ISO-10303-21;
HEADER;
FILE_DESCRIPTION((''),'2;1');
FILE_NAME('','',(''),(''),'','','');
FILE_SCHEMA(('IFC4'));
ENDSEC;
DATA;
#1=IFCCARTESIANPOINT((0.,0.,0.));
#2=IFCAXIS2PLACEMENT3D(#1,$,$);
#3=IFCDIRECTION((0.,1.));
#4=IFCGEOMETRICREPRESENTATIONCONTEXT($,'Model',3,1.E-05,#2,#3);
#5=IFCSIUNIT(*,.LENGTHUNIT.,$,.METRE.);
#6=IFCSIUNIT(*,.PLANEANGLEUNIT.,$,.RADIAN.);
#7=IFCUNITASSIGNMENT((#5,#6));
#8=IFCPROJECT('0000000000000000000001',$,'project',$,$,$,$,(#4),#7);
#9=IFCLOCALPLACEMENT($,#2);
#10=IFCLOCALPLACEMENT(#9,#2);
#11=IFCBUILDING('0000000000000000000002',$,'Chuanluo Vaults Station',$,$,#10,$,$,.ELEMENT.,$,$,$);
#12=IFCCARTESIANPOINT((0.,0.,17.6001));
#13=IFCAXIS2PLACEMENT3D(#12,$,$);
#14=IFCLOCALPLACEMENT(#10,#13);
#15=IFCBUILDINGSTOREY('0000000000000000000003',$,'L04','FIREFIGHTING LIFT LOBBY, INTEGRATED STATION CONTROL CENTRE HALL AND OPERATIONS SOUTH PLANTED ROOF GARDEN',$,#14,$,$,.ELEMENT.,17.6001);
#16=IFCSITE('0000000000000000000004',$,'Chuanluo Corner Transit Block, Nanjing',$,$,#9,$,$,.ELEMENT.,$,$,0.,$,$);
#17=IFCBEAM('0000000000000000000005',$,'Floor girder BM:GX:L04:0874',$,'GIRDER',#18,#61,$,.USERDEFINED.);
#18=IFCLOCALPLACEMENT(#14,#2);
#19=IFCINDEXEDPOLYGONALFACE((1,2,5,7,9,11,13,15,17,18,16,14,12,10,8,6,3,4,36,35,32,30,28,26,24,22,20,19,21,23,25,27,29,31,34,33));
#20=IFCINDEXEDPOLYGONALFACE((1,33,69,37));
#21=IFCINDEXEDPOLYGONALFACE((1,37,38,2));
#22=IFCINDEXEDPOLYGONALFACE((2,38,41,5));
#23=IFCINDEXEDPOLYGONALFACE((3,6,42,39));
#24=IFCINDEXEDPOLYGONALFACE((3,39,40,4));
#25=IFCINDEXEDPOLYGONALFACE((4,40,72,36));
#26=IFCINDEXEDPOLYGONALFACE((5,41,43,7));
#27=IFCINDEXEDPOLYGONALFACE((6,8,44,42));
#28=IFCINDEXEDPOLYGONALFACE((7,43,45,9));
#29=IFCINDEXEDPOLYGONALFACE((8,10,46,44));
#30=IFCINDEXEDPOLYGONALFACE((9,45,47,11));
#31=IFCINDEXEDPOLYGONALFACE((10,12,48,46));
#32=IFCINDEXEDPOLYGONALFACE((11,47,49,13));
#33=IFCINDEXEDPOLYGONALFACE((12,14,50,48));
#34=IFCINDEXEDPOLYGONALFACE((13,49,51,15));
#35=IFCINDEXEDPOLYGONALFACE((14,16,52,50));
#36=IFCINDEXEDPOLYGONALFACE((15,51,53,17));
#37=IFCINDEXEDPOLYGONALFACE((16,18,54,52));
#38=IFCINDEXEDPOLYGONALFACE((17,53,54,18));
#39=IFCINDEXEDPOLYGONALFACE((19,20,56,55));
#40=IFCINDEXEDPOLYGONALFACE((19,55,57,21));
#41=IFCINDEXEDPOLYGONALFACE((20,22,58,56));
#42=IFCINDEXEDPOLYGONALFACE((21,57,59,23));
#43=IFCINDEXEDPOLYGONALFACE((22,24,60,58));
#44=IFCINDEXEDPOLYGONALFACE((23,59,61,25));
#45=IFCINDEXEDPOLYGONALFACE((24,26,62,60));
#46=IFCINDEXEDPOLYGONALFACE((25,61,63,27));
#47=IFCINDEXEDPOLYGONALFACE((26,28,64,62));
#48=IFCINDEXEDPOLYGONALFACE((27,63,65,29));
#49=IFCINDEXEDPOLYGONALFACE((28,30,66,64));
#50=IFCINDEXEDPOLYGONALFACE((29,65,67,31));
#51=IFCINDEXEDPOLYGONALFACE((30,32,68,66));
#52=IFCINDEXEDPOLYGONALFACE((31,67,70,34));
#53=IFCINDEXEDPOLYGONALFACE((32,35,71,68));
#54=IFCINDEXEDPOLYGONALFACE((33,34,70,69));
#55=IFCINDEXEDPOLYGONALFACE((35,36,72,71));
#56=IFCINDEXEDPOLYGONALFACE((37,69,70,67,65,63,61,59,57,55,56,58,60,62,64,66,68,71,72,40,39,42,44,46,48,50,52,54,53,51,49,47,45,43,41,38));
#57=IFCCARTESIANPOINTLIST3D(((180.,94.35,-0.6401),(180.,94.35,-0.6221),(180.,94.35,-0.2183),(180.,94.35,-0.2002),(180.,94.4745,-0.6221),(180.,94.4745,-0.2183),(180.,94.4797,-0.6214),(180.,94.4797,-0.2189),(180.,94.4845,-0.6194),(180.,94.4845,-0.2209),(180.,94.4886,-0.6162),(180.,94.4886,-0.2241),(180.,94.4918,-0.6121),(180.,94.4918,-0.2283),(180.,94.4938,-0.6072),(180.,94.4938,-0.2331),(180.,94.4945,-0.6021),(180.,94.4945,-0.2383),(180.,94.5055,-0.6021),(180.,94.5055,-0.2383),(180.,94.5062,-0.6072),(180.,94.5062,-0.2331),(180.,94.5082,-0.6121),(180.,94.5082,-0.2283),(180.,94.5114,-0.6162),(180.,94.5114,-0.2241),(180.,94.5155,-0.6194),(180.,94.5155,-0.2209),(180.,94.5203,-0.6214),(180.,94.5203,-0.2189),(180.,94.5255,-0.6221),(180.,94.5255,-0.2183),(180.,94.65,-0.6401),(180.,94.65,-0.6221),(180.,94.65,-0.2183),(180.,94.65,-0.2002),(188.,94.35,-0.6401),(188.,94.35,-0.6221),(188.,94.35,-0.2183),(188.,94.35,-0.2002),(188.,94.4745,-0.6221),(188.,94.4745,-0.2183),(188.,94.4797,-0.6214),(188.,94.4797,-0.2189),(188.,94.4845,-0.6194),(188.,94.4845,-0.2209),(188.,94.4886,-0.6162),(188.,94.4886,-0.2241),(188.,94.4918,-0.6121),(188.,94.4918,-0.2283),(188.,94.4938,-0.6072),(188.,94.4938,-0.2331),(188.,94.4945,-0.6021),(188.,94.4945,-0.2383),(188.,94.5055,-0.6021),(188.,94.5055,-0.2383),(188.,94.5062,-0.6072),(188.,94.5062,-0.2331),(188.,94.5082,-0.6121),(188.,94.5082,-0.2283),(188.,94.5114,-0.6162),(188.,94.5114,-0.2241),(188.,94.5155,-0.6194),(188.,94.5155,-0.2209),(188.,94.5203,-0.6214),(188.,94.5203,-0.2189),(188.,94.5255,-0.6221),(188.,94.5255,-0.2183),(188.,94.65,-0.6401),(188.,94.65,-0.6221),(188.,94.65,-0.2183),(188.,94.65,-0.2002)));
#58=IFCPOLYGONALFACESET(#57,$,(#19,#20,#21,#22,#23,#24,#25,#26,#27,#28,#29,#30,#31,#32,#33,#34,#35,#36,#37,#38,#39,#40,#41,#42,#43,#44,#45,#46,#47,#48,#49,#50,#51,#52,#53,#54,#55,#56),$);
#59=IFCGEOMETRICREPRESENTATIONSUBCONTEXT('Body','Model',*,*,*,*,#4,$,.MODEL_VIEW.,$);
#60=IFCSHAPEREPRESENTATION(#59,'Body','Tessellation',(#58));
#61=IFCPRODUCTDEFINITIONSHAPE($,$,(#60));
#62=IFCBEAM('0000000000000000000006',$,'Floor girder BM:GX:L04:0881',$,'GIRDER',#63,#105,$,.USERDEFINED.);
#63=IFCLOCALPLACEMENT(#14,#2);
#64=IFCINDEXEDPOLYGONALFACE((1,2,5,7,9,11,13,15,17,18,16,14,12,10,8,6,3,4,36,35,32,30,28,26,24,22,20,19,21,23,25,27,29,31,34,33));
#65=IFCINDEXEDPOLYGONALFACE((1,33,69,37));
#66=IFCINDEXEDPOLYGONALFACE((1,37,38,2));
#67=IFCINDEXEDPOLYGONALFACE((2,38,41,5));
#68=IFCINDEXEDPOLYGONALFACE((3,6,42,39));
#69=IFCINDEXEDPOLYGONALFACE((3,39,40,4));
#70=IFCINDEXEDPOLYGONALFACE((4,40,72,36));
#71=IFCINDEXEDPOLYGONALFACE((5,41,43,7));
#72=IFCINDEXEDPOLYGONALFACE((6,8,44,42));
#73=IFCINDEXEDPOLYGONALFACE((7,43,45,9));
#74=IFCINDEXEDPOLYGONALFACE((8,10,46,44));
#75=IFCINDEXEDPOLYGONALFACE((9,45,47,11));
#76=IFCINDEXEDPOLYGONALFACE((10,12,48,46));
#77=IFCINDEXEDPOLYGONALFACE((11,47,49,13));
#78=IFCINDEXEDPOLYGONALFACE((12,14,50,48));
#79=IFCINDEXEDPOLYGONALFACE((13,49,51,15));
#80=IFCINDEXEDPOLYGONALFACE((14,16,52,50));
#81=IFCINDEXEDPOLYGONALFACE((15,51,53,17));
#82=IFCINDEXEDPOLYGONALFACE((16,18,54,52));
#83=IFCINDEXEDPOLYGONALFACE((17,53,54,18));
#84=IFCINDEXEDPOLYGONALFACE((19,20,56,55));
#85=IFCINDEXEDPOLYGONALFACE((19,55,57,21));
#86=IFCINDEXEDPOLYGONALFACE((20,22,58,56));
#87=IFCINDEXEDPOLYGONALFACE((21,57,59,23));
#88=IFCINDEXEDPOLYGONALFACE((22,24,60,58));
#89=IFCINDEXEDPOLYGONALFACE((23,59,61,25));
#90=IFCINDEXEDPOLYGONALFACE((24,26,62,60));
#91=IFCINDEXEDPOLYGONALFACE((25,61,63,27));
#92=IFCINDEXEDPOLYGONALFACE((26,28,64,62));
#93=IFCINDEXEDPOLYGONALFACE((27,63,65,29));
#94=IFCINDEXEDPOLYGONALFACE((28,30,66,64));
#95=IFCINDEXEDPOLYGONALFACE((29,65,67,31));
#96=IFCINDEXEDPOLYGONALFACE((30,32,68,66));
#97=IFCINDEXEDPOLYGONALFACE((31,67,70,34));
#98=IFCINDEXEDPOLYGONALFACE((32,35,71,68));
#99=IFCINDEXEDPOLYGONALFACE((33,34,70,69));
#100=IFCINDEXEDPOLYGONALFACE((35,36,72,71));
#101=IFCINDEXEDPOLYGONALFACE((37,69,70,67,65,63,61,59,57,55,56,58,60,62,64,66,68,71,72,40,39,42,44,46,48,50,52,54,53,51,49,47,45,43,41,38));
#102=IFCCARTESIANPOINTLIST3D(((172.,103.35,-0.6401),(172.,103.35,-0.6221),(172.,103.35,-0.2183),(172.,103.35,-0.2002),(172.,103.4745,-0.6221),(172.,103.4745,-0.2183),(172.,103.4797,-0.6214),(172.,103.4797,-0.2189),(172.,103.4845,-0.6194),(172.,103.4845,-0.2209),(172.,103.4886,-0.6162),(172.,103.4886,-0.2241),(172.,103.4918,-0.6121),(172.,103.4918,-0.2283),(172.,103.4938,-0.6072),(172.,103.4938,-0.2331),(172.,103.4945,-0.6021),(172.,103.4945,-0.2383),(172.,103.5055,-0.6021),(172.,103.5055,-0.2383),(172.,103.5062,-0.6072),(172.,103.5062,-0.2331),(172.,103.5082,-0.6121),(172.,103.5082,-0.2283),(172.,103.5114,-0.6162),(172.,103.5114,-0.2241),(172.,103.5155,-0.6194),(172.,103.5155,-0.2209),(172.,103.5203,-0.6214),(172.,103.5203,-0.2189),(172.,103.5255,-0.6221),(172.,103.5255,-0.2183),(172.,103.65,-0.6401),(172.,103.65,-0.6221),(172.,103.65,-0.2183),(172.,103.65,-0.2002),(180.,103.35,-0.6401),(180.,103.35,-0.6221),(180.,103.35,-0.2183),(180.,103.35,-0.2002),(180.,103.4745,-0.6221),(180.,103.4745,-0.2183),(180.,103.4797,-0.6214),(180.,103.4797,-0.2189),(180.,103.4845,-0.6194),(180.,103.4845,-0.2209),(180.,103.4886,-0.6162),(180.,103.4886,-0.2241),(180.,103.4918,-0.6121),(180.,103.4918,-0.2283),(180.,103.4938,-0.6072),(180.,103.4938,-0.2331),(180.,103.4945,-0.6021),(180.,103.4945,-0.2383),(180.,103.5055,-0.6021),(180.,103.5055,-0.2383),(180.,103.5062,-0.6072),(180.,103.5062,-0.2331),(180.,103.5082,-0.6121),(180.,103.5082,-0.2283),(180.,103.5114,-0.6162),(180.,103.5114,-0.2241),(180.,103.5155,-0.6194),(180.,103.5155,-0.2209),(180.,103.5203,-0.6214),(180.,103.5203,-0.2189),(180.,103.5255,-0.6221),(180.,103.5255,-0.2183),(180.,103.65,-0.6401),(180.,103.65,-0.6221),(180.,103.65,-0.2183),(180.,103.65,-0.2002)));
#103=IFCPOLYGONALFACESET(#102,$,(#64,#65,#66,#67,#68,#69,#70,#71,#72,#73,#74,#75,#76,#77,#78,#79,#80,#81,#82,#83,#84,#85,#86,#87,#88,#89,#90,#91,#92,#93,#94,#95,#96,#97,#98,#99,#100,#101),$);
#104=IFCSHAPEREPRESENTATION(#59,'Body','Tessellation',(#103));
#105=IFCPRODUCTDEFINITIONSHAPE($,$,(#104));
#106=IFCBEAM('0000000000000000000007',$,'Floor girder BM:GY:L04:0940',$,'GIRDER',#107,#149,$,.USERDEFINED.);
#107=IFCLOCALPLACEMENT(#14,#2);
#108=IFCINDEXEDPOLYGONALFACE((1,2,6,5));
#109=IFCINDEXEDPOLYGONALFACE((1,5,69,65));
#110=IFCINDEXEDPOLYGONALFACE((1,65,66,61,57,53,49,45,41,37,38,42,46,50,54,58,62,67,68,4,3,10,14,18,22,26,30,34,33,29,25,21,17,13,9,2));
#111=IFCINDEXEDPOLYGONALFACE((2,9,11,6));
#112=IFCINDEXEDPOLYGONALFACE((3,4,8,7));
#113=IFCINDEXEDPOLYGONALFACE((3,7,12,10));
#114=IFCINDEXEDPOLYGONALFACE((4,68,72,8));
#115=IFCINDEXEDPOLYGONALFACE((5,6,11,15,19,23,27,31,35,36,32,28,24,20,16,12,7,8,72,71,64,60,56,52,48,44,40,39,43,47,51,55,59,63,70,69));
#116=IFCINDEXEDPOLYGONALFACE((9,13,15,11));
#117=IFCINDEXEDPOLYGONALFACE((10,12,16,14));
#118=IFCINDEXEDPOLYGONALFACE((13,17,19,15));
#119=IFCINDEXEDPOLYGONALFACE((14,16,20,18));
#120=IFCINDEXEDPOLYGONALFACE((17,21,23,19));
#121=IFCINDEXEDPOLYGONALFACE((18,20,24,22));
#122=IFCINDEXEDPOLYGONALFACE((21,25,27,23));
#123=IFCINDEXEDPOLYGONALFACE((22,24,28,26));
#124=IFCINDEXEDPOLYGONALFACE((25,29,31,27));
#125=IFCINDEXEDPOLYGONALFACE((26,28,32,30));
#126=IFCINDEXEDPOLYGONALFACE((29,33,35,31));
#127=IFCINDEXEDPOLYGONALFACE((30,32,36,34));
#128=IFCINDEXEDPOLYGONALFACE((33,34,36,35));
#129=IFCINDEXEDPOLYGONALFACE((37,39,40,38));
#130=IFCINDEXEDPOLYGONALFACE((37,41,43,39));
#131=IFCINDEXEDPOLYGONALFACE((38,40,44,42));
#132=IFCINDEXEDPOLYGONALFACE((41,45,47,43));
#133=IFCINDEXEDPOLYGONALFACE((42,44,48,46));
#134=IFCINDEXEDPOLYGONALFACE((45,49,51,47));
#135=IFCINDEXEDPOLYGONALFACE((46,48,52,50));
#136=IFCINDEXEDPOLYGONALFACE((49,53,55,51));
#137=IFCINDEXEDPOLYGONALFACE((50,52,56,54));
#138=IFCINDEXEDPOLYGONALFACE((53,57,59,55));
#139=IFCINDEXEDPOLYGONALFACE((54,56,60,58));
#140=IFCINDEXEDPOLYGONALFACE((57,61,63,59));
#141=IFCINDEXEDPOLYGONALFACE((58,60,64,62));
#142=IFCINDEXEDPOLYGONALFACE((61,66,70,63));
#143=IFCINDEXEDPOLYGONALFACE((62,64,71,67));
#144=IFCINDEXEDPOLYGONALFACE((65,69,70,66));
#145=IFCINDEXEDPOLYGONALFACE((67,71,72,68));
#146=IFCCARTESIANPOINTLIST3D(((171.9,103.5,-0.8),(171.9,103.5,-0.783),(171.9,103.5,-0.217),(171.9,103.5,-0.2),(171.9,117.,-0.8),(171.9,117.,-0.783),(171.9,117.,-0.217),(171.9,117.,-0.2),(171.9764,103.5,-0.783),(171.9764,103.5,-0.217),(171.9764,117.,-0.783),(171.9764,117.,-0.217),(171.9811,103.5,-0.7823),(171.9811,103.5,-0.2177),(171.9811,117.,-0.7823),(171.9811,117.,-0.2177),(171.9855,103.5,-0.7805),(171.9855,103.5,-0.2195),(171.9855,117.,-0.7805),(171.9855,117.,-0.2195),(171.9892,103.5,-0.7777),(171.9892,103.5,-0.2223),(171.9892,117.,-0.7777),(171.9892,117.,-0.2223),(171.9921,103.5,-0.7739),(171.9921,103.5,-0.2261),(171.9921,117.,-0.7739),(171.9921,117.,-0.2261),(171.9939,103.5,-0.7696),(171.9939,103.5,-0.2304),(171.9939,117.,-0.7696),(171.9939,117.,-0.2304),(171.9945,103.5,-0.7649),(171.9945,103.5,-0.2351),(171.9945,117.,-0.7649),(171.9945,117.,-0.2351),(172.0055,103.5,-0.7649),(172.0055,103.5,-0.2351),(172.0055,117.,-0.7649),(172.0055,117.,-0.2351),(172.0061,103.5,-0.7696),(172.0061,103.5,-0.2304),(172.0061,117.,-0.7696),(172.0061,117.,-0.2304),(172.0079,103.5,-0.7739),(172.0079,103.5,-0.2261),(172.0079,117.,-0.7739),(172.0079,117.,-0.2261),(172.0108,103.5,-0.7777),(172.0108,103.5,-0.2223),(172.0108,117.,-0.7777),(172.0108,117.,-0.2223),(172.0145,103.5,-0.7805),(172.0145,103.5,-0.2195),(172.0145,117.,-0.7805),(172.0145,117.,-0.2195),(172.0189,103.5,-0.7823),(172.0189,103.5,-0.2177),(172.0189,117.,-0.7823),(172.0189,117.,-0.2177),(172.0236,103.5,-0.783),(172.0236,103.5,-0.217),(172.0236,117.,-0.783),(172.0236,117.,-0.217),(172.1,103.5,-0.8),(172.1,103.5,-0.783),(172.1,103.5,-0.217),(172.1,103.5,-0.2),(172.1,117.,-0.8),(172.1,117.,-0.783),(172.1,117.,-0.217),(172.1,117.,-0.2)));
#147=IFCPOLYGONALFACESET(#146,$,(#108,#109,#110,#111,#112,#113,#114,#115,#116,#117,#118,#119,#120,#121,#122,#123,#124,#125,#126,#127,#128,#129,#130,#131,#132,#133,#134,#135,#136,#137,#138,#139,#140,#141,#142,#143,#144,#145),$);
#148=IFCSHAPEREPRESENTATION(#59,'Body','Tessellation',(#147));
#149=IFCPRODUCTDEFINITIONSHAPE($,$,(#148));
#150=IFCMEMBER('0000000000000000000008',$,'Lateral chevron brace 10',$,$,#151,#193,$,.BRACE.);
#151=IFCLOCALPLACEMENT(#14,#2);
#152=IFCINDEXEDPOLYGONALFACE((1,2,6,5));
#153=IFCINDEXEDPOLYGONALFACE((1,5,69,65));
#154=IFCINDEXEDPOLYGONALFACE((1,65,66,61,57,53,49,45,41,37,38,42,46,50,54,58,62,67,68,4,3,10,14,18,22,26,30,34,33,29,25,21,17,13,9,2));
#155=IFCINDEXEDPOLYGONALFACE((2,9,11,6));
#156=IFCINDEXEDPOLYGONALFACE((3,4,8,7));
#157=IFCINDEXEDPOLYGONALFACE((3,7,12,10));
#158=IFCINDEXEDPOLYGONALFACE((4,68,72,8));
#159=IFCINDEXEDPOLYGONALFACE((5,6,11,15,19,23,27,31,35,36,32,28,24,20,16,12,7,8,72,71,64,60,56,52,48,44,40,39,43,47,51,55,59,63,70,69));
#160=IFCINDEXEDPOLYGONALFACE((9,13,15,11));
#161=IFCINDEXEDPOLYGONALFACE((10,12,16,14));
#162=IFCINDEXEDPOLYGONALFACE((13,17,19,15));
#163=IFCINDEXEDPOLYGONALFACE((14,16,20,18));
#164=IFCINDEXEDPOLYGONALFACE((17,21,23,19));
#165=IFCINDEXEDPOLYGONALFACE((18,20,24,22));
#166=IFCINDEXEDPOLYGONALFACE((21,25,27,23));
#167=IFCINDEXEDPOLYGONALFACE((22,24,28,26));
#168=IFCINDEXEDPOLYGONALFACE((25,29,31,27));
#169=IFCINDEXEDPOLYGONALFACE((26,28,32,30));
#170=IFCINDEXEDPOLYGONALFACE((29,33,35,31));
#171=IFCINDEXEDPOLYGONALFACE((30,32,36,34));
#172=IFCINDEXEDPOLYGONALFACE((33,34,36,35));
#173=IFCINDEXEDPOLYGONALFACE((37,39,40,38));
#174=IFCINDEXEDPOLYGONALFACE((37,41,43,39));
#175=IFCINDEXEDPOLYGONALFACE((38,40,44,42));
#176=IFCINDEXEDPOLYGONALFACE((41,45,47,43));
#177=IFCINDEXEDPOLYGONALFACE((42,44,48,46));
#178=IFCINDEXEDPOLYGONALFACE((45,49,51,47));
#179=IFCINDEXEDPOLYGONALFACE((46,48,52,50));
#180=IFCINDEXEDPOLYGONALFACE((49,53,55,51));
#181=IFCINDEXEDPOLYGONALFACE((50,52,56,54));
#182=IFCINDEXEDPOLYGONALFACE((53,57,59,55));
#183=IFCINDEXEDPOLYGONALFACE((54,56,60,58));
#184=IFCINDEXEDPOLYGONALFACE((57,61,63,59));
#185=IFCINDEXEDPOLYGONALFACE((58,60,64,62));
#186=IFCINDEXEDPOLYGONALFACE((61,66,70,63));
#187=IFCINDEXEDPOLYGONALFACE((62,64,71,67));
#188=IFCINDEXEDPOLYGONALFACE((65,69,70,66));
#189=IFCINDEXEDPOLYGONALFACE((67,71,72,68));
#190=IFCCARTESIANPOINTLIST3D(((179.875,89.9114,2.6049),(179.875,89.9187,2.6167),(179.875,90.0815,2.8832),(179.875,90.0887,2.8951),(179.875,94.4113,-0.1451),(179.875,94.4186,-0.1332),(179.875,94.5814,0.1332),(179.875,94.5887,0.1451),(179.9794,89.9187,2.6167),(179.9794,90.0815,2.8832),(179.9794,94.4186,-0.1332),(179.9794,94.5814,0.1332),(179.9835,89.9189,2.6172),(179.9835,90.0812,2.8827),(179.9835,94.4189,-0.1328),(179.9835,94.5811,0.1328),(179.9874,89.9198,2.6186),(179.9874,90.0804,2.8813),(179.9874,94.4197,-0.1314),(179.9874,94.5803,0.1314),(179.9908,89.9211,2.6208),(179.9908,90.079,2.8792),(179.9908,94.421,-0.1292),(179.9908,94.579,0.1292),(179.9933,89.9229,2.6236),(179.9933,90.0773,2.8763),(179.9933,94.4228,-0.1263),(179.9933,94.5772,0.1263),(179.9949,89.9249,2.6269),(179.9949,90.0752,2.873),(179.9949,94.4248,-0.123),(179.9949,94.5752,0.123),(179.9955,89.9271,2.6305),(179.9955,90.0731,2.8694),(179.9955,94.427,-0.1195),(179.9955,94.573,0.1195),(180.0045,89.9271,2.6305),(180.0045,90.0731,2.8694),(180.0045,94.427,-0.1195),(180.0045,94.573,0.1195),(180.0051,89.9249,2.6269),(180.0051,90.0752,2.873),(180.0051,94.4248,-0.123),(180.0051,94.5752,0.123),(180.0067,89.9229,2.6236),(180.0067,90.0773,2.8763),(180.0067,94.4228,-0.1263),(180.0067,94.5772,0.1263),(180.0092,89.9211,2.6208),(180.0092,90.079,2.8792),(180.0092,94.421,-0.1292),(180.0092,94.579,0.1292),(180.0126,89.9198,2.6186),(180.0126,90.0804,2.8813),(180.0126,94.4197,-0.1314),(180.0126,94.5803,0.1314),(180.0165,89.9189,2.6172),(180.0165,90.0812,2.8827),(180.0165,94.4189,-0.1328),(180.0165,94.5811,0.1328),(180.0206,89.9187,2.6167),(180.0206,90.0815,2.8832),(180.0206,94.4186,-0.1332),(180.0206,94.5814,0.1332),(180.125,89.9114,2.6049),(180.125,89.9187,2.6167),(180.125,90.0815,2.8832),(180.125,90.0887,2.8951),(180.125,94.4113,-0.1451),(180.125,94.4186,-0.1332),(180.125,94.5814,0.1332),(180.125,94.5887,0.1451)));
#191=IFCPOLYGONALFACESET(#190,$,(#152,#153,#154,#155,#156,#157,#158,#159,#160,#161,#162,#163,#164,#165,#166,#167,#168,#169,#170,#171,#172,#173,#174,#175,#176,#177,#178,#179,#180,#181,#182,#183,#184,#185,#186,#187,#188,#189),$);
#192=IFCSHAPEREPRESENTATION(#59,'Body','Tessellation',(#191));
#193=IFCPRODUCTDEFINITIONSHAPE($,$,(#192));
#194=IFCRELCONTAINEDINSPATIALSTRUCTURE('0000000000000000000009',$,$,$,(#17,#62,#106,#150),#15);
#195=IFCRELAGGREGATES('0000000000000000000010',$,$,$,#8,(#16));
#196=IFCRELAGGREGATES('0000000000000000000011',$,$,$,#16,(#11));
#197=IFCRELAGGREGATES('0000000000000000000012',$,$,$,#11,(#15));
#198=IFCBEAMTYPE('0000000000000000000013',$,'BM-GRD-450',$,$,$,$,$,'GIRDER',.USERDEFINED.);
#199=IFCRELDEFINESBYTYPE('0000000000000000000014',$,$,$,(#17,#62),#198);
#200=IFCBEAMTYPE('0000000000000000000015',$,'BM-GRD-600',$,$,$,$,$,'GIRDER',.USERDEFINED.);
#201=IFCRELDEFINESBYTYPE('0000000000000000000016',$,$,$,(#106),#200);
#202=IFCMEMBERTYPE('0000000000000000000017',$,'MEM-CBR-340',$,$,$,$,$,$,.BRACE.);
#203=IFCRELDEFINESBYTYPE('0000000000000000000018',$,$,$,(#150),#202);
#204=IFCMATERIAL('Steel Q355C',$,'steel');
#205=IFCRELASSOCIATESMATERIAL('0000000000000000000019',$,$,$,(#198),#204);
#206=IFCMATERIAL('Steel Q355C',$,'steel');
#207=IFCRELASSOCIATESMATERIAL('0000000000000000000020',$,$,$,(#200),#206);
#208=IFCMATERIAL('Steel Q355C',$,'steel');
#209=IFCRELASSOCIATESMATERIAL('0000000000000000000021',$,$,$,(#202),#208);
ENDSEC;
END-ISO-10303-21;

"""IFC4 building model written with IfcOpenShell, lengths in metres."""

from ifc_helpers import new_model, si_unit, direction, frame, origin, origin_2d, place, context, subcontext, project, spatial, i_section, extrude, material, material_profile, profile_set, type_object, element, save


model = new_model("IFC4")

# Units and contexts
model_context = context("Model", 3, precision=1e-05, world=origin(), true_north=direction((0.0, 1.0)))
body_context = subcontext(model_context, "Body", "Model", "MODEL_VIEW")
ifc_project = project(units=[si_unit("LENGTHUNIT", "METRE"), si_unit("PLANEANGLEUNIT", "RADIAN")], contexts=[model_context])

# Site, building, storey
site_placement = place(None, origin())
site = spatial("IfcSite", under=ifc_project, at=site_placement, Name="Chuanluo Corner Transit Block, Nanjing", CompositionType="ELEMENT", RefElevation=0.0)
building_placement = place(site_placement, origin())
building = spatial("IfcBuilding", under=site, at=building_placement, Name="Chuanluo Vaults Station", CompositionType="ELEMENT")
storey_placement = place(building_placement, frame((0.0, 0.0, 17.6001)))
storey = spatial("IfcBuildingStorey", under=building, at=storey_placement, Name="L04", Description="FIREFIGHTING LIFT LOBBY, INTEGRATED STATION CONTROL CENTRE HALL AND OPERATIONS SOUTH PLANTED ROOF GARDEN", CompositionType="ELEMENT", Elevation=17.6001)

# Beams
ifc_material_1 = material(Name="Steel Q355C", Category="steel")
ifc_material_profile_1 = material_profile(ifc_material_1, i_section(OverallWidth=0.3, OverallDepth=0.4399, WebThickness=0.011, FlangeThickness=0.0181, FilletRadius=0.02, at=origin_2d()))
ifc_profile_set_1 = profile_set([ifc_material_profile_1], Name="Steel Q355C")
beam_type_1 = type_object("IfcBeamType", Name="BM-GRD-450", ElementType="GIRDER", PredefinedType="USERDEFINED", material=ifc_profile_set_1)
for number, where, z_axis, x_axis, name in (
    (1, (180.0, 94.5, -0.4202), (1.0, 0.0, 0.0), (0.0, 1.0, 0.0), "Floor girder BM:GX:L04:0874"),
    (2, (172.0, 103.5, -0.4202), (1.0, 0.0, 0.0), (0.0, 1.0, 0.0), "Floor girder BM:GX:L04:0881"),
):
    element("IfcBeam", number, at=place(storey_placement, frame(where, z_axis=z_axis, x_axis=x_axis)), inside=storey, type_object=beam_type_1, Name=name, ObjectType="GIRDER", PredefinedType="USERDEFINED", context=body_context, shape_type="SweptSolid", body=[
        extrude(i_section(OverallWidth=0.3, OverallDepth=0.4399, WebThickness=0.011, FlangeThickness=0.0181, FilletRadius=0.02, at=origin_2d()), origin(), (0.0, 0.0, 1.0), 8.0),
    ])
ifc_material_2 = material(Name="Steel Q355C", Category="steel")
ifc_material_profile_2 = material_profile(ifc_material_2, i_section(OverallWidth=0.2, OverallDepth=0.6001, WebThickness=0.011, FlangeThickness=0.0171, FilletRadius=0.0181, at=origin_2d()))
ifc_profile_set_2 = profile_set([ifc_material_profile_2], Name="Steel Q355C")
beam_type_2 = type_object("IfcBeamType", Name="BM-GRD-600", ElementType="GIRDER", PredefinedType="USERDEFINED", material=ifc_profile_set_2)
beam_1_placement = place(storey_placement, frame((172.0, 103.5, -0.5), z_axis=(0.0, 1.0, 0.0), x_axis=(-1.0, 0.0, 0.0)))
element("IfcBeam", 3, at=beam_1_placement, inside=storey, type_object=beam_type_2, Name="Floor girder BM:GY:L04:0940", ObjectType="GIRDER", PredefinedType="USERDEFINED", context=body_context, shape_type="SweptSolid", body=[
    extrude(i_section(OverallWidth=0.2, OverallDepth=0.6001, WebThickness=0.011, FlangeThickness=0.0171, FilletRadius=0.0181, at=origin_2d()), origin(), (0.0, 0.0, 1.0), 13.5),
])

# Member
ifc_material_3 = material(Name="Steel Q355C", Category="steel")
ifc_material_profile_3 = material_profile(ifc_material_3, i_section(OverallWidth=0.25, OverallDepth=0.3401, WebThickness=0.009, FlangeThickness=0.0139, FilletRadius=0.0161, at=origin_2d()))
ifc_profile_set_3 = profile_set([ifc_material_profile_3], Name="Steel Q355C")
member_type = type_object("IfcMemberType", Name="MEM-CBR-340", PredefinedType="BRACE", material=ifc_profile_set_3)
member_placement = place(storey_placement, frame((180.0, 94.5, 0.0), z_axis=(0.0, -0.853282, 0.52145), x_axis=(1.0, 0.0, 0.0)))
element("IfcMember", 4, at=member_placement, inside=storey, type_object=member_type, Name="Lateral chevron brace 10", PredefinedType="BRACE", context=body_context, shape_type="SweptSolid", body=[
    extrude(i_section(OverallWidth=0.25, OverallDepth=0.3401, WebThickness=0.009, FlangeThickness=0.0139, FilletRadius=0.0161, at=origin_2d()), origin(), (0.0, 0.0, 1.0), 5.2737),
])

save(model, "model.ifc")
